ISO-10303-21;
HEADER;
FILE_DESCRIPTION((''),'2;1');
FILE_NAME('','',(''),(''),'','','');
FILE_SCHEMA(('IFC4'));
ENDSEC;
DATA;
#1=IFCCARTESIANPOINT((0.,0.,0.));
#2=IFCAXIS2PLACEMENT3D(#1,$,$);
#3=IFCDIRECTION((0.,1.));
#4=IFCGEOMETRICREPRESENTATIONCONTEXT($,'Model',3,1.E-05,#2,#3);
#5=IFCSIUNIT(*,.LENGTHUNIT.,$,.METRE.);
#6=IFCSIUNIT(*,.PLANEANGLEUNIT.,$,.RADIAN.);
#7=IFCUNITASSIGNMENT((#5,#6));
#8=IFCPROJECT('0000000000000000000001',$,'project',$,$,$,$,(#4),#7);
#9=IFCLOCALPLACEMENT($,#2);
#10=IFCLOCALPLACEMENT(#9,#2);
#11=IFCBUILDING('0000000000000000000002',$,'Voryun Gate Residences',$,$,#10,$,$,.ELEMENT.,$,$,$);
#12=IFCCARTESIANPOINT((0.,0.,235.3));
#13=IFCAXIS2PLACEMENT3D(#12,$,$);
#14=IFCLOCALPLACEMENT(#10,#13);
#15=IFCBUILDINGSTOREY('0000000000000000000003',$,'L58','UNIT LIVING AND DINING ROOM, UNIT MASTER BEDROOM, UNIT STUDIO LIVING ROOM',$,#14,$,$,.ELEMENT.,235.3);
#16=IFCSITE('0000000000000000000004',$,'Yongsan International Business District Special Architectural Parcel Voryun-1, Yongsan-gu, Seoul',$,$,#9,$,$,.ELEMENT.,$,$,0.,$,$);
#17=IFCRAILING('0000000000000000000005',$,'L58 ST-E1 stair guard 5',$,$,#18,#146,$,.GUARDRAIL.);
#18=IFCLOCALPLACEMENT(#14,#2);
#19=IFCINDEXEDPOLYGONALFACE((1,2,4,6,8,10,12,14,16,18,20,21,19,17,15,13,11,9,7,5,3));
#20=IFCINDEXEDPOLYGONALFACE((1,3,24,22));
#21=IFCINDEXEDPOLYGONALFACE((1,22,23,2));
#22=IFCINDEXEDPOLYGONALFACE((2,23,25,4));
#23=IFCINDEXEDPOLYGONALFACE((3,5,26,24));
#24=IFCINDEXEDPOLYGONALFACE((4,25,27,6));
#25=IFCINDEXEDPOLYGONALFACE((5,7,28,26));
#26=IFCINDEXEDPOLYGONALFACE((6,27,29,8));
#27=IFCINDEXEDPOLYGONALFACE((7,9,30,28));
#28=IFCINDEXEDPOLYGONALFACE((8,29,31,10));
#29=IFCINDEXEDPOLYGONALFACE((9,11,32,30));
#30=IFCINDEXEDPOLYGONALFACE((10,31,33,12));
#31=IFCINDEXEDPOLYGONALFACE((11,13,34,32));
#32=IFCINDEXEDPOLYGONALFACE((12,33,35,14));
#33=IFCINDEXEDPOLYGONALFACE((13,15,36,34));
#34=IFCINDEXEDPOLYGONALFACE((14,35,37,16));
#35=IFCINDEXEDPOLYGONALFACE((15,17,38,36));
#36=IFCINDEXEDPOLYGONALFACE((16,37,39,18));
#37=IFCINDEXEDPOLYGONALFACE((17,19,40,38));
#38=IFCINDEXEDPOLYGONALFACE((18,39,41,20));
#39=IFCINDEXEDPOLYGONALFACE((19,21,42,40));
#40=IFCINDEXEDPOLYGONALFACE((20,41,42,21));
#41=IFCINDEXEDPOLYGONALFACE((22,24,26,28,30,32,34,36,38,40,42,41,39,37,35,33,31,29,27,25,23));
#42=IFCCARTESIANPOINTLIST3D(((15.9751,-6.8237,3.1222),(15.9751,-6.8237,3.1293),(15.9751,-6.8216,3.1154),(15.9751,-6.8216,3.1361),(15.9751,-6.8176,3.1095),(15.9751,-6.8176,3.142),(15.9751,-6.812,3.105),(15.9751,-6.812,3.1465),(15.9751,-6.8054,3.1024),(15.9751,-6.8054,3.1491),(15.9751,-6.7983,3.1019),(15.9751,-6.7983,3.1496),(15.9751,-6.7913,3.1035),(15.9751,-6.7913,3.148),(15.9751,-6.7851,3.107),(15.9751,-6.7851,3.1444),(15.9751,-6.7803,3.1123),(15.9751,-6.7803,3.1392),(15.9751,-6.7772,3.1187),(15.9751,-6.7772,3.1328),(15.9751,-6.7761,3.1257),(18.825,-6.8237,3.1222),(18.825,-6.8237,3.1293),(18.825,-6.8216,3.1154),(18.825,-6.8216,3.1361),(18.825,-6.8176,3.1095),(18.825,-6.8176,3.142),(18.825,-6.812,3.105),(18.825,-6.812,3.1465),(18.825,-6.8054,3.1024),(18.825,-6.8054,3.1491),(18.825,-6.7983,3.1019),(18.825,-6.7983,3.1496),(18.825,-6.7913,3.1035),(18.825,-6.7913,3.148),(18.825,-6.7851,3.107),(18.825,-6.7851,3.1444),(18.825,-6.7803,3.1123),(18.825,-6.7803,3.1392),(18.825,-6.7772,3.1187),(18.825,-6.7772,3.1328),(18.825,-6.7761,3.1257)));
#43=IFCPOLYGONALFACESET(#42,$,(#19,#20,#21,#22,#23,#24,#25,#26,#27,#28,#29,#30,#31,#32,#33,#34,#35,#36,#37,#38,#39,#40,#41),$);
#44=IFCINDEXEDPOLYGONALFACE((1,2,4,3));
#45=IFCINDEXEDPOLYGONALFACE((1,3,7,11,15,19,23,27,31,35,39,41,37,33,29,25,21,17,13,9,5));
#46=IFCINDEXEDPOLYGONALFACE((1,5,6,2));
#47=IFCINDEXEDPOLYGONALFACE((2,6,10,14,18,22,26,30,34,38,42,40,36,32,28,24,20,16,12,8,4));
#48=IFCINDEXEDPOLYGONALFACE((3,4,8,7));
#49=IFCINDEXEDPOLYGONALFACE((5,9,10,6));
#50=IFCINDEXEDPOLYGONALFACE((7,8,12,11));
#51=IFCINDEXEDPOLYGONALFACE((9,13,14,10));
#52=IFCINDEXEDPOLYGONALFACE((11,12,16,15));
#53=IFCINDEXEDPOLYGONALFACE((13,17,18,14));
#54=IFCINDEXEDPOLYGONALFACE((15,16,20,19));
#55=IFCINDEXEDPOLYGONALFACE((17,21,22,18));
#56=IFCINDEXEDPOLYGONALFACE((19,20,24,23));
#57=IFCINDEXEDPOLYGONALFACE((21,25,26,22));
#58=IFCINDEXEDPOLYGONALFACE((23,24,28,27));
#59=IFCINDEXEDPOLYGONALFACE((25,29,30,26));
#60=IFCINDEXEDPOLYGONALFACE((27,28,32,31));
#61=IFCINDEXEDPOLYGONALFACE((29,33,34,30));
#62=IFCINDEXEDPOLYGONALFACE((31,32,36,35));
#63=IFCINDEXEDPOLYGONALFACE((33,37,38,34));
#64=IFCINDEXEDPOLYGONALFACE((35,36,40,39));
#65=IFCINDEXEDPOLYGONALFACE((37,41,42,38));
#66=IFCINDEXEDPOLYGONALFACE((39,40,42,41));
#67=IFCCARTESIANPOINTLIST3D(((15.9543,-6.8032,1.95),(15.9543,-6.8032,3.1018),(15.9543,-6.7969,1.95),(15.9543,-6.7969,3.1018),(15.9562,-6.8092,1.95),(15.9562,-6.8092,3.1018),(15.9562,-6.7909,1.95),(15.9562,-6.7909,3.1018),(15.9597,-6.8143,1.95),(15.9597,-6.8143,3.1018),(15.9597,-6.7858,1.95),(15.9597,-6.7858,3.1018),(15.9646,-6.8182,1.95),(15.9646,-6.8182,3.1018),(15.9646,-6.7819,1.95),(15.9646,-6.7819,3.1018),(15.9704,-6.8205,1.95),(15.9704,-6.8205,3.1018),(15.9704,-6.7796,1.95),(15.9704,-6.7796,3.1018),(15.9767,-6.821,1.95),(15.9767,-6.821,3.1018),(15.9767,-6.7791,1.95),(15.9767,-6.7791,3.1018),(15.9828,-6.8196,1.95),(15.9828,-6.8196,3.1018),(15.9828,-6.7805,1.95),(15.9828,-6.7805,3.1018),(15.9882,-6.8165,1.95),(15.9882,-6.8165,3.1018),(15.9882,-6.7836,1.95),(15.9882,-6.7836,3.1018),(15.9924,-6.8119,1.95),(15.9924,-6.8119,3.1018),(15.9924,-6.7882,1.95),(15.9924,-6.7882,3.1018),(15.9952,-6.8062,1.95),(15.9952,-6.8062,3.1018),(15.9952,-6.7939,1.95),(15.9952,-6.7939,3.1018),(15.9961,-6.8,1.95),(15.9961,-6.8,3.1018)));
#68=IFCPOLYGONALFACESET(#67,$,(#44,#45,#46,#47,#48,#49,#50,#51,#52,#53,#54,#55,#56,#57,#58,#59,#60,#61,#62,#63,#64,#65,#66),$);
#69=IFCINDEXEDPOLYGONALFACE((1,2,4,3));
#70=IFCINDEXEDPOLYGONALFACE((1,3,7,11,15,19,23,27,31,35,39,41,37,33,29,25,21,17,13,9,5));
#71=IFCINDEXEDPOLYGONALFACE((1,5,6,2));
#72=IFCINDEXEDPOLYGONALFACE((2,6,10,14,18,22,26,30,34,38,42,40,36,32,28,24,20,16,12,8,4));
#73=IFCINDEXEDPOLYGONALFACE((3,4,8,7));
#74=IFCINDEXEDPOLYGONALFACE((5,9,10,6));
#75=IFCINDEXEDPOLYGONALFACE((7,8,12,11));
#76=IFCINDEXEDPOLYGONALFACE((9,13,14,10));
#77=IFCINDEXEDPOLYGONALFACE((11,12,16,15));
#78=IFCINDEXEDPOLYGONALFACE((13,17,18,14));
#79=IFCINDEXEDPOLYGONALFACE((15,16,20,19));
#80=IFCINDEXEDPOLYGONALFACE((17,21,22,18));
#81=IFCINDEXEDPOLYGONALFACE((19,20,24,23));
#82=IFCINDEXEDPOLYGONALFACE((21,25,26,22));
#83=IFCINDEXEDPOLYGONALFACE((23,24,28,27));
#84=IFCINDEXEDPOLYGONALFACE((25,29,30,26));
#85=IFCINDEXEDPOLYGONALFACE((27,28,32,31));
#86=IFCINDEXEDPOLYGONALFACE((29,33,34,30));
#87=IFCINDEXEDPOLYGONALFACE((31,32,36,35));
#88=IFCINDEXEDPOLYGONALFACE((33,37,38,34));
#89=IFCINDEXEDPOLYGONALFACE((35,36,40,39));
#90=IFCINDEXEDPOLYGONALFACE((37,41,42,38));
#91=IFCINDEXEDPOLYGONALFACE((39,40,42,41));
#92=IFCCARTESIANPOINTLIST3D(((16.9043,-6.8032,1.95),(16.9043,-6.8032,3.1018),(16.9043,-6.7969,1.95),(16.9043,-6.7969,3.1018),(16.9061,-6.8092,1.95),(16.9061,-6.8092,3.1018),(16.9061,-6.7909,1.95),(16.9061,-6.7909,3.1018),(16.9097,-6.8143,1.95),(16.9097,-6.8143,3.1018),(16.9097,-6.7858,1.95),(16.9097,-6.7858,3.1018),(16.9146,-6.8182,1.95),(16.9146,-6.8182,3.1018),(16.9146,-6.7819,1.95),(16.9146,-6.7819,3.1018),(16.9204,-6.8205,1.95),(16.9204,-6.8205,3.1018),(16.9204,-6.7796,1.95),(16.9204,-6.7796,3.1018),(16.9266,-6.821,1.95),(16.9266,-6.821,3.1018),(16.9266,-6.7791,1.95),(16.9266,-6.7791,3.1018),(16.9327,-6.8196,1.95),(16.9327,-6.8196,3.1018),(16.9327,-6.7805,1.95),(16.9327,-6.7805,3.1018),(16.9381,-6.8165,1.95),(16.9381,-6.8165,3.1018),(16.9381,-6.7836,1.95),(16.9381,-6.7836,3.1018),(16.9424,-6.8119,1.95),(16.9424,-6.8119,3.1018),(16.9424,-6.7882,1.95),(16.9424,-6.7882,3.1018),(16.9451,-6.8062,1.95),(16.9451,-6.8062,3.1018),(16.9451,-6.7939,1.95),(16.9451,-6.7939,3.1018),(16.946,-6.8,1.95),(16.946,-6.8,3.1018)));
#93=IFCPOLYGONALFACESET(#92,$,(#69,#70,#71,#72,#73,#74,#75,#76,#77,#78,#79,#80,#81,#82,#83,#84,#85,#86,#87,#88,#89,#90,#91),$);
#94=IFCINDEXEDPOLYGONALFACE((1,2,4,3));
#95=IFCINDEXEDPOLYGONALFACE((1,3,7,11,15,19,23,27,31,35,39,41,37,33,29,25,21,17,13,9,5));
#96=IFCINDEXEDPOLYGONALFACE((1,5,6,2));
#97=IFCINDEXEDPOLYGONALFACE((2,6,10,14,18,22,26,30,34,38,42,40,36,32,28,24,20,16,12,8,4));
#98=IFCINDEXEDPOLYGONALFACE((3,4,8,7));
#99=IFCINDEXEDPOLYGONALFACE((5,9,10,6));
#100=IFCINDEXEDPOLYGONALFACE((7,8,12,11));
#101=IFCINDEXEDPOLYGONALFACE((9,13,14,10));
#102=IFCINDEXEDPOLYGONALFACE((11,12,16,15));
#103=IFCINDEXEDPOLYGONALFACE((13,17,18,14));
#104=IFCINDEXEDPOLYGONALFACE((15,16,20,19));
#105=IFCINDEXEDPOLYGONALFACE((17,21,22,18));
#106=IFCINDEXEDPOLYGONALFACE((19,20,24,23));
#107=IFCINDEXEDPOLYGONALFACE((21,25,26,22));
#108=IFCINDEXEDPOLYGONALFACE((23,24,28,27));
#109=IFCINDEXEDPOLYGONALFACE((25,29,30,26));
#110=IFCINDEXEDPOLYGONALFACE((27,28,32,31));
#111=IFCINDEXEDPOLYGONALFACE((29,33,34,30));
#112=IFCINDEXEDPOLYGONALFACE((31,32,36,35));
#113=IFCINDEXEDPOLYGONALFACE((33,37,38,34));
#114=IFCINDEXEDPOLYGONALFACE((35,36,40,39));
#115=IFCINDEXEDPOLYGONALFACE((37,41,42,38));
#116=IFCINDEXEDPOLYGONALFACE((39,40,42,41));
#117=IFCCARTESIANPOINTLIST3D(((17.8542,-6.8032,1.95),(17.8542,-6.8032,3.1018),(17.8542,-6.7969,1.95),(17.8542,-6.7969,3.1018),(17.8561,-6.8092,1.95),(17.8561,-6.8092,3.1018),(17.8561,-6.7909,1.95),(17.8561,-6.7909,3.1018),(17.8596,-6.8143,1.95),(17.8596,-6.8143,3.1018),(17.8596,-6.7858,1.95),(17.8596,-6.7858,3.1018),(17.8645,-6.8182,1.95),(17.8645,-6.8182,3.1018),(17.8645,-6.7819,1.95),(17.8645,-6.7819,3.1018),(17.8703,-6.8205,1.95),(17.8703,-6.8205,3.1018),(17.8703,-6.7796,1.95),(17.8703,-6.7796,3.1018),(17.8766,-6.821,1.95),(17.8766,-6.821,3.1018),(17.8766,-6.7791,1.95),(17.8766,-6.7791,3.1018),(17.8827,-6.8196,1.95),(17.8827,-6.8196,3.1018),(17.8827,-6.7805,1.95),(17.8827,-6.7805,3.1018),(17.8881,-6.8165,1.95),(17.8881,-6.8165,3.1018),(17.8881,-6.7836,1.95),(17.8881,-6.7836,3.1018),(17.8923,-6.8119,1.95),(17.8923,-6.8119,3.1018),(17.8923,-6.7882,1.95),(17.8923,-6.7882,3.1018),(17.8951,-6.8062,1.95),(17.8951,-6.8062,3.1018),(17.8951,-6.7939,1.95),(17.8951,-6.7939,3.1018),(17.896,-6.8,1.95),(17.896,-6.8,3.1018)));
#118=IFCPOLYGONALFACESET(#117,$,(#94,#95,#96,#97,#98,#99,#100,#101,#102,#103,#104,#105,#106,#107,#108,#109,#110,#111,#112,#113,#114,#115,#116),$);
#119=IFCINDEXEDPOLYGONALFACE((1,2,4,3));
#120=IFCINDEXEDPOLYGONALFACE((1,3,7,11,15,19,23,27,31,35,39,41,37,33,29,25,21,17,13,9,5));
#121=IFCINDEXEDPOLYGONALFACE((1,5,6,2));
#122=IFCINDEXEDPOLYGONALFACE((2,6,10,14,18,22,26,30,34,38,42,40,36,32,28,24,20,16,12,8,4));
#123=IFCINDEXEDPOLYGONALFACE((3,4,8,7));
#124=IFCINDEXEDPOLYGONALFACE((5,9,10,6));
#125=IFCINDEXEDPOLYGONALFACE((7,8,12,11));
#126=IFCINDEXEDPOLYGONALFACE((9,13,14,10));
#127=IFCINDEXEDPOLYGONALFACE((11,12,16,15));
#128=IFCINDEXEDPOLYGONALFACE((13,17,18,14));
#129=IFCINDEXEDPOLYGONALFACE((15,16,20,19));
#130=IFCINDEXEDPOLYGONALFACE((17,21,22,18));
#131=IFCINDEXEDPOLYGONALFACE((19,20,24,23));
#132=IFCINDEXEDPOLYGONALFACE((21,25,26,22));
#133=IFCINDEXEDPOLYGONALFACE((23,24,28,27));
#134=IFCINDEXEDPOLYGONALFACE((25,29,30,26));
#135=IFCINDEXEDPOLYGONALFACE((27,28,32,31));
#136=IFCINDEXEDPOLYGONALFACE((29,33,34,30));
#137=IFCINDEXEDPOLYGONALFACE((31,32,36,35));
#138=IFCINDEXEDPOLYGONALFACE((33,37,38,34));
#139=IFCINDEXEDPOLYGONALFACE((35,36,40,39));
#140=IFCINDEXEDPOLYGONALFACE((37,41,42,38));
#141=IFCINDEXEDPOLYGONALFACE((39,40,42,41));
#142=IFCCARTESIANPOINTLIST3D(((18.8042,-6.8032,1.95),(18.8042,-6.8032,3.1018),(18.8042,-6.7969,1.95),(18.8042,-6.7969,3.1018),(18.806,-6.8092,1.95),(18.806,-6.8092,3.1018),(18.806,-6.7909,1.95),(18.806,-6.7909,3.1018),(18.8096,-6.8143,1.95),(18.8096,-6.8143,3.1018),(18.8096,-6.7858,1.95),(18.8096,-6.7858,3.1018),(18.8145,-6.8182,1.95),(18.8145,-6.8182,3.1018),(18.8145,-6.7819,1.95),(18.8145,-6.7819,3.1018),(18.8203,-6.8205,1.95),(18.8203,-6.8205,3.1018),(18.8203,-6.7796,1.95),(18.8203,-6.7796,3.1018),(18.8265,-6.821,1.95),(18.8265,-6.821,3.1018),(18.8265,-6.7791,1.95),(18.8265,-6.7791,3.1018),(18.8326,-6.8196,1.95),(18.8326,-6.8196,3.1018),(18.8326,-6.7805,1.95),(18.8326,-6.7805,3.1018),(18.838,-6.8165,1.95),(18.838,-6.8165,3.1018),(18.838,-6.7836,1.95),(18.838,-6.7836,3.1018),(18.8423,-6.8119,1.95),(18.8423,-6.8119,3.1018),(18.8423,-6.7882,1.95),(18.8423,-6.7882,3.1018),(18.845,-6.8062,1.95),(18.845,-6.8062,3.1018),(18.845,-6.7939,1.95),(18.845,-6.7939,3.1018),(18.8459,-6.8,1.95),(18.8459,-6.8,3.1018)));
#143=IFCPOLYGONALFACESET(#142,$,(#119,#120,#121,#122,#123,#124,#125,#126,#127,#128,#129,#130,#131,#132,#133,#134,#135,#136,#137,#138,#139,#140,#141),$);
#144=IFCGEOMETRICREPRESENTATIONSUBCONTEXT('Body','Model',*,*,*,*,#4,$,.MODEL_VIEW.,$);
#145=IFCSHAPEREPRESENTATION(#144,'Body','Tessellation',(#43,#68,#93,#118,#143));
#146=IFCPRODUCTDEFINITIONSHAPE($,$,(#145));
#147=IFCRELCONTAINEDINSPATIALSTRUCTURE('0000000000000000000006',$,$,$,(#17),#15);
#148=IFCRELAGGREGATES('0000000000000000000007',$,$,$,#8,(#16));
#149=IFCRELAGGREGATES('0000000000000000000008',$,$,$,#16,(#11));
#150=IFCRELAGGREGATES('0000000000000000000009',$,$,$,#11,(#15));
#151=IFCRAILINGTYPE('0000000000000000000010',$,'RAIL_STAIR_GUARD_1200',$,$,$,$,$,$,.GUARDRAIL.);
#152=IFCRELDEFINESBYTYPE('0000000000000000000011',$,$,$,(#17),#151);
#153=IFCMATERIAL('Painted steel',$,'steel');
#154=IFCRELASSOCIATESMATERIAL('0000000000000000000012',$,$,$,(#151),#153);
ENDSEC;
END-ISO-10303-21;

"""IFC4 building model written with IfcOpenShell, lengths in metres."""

from ifc_helpers import new_model, si_unit, direction, frame, origin, origin_2d, place, context, subcontext, project, spatial, circle, extrude, material, type_object, element, save


model = new_model("IFC4")

# Units and contexts
model_context = context("Model", 3, precision=1e-05, world=origin(), true_north=direction((0.0, 1.0)))
body_context = subcontext(model_context, "Body", "Model", "MODEL_VIEW")
ifc_project = project(units=[si_unit("LENGTHUNIT", "METRE"), si_unit("PLANEANGLEUNIT", "RADIAN")], contexts=[model_context])

# Site, building, storey
site_placement = place(None, origin())
site = spatial("IfcSite", under=ifc_project, at=site_placement, Name="Yongsan International Business District Special Architectural Parcel Voryun-1, Yongsan-gu, Seoul", CompositionType="ELEMENT", RefElevation=0.0)
building_placement = place(site_placement, origin())
building = spatial("IfcBuilding", under=site, at=building_placement, Name="Voryun Gate Residences", CompositionType="ELEMENT")
storey_placement = place(building_placement, frame((0.0, 0.0, 235.3)))
storey = spatial("IfcBuildingStorey", under=building, at=storey_placement, Name="L58", Description="UNIT LIVING AND DINING ROOM, UNIT MASTER BEDROOM, UNIT STUDIO LIVING ROOM", CompositionType="ELEMENT", Elevation=235.3)

# Railing
ifc_material_1 = material(Name="Painted steel", Category="steel")
railing_type_1 = type_object("IfcRailingType", Name="RAIL_STAIR_GUARD_1200", PredefinedType="GUARDRAIL", material=ifc_material_1)
railing_1_placement = place(storey_placement, frame((15.9751, -6.8, 1.95)))
element("IfcRailing", 1, at=railing_1_placement, inside=storey, type_object=railing_type_1, Name="L58 ST-E1 stair guard 5", PredefinedType="GUARDRAIL", context=body_context, shape_type="SweptSolid", body=[
    extrude(circle(Radius=0.0239, at=origin_2d()), frame((0.0, 0.0, 1.1758), z_axis=(1.0, 0.0, 0.0), x_axis=(0.0, 1.0, 0.0)), (0.0, 0.0, 1.0), 2.8499),
    extrude(circle(Radius=0.021, at=origin_2d()), origin(), (0.0, 0.0, 1.0), 1.1519),
    extrude(circle(Radius=0.021, at=origin_2d()), frame((0.95, 0.0, 0.0)), (0.0, 0.0, 1.0), 1.1519),
    extrude(circle(Radius=0.021, at=origin_2d()), frame((1.8999, 0.0, 0.0)), (0.0, 0.0, 1.0), 1.1519),
    extrude(circle(Radius=0.021, at=origin_2d()), frame((2.8499, 0.0, 0.0)), (0.0, 0.0, 1.0), 1.1519),
])

save(model, "model.ifc")
